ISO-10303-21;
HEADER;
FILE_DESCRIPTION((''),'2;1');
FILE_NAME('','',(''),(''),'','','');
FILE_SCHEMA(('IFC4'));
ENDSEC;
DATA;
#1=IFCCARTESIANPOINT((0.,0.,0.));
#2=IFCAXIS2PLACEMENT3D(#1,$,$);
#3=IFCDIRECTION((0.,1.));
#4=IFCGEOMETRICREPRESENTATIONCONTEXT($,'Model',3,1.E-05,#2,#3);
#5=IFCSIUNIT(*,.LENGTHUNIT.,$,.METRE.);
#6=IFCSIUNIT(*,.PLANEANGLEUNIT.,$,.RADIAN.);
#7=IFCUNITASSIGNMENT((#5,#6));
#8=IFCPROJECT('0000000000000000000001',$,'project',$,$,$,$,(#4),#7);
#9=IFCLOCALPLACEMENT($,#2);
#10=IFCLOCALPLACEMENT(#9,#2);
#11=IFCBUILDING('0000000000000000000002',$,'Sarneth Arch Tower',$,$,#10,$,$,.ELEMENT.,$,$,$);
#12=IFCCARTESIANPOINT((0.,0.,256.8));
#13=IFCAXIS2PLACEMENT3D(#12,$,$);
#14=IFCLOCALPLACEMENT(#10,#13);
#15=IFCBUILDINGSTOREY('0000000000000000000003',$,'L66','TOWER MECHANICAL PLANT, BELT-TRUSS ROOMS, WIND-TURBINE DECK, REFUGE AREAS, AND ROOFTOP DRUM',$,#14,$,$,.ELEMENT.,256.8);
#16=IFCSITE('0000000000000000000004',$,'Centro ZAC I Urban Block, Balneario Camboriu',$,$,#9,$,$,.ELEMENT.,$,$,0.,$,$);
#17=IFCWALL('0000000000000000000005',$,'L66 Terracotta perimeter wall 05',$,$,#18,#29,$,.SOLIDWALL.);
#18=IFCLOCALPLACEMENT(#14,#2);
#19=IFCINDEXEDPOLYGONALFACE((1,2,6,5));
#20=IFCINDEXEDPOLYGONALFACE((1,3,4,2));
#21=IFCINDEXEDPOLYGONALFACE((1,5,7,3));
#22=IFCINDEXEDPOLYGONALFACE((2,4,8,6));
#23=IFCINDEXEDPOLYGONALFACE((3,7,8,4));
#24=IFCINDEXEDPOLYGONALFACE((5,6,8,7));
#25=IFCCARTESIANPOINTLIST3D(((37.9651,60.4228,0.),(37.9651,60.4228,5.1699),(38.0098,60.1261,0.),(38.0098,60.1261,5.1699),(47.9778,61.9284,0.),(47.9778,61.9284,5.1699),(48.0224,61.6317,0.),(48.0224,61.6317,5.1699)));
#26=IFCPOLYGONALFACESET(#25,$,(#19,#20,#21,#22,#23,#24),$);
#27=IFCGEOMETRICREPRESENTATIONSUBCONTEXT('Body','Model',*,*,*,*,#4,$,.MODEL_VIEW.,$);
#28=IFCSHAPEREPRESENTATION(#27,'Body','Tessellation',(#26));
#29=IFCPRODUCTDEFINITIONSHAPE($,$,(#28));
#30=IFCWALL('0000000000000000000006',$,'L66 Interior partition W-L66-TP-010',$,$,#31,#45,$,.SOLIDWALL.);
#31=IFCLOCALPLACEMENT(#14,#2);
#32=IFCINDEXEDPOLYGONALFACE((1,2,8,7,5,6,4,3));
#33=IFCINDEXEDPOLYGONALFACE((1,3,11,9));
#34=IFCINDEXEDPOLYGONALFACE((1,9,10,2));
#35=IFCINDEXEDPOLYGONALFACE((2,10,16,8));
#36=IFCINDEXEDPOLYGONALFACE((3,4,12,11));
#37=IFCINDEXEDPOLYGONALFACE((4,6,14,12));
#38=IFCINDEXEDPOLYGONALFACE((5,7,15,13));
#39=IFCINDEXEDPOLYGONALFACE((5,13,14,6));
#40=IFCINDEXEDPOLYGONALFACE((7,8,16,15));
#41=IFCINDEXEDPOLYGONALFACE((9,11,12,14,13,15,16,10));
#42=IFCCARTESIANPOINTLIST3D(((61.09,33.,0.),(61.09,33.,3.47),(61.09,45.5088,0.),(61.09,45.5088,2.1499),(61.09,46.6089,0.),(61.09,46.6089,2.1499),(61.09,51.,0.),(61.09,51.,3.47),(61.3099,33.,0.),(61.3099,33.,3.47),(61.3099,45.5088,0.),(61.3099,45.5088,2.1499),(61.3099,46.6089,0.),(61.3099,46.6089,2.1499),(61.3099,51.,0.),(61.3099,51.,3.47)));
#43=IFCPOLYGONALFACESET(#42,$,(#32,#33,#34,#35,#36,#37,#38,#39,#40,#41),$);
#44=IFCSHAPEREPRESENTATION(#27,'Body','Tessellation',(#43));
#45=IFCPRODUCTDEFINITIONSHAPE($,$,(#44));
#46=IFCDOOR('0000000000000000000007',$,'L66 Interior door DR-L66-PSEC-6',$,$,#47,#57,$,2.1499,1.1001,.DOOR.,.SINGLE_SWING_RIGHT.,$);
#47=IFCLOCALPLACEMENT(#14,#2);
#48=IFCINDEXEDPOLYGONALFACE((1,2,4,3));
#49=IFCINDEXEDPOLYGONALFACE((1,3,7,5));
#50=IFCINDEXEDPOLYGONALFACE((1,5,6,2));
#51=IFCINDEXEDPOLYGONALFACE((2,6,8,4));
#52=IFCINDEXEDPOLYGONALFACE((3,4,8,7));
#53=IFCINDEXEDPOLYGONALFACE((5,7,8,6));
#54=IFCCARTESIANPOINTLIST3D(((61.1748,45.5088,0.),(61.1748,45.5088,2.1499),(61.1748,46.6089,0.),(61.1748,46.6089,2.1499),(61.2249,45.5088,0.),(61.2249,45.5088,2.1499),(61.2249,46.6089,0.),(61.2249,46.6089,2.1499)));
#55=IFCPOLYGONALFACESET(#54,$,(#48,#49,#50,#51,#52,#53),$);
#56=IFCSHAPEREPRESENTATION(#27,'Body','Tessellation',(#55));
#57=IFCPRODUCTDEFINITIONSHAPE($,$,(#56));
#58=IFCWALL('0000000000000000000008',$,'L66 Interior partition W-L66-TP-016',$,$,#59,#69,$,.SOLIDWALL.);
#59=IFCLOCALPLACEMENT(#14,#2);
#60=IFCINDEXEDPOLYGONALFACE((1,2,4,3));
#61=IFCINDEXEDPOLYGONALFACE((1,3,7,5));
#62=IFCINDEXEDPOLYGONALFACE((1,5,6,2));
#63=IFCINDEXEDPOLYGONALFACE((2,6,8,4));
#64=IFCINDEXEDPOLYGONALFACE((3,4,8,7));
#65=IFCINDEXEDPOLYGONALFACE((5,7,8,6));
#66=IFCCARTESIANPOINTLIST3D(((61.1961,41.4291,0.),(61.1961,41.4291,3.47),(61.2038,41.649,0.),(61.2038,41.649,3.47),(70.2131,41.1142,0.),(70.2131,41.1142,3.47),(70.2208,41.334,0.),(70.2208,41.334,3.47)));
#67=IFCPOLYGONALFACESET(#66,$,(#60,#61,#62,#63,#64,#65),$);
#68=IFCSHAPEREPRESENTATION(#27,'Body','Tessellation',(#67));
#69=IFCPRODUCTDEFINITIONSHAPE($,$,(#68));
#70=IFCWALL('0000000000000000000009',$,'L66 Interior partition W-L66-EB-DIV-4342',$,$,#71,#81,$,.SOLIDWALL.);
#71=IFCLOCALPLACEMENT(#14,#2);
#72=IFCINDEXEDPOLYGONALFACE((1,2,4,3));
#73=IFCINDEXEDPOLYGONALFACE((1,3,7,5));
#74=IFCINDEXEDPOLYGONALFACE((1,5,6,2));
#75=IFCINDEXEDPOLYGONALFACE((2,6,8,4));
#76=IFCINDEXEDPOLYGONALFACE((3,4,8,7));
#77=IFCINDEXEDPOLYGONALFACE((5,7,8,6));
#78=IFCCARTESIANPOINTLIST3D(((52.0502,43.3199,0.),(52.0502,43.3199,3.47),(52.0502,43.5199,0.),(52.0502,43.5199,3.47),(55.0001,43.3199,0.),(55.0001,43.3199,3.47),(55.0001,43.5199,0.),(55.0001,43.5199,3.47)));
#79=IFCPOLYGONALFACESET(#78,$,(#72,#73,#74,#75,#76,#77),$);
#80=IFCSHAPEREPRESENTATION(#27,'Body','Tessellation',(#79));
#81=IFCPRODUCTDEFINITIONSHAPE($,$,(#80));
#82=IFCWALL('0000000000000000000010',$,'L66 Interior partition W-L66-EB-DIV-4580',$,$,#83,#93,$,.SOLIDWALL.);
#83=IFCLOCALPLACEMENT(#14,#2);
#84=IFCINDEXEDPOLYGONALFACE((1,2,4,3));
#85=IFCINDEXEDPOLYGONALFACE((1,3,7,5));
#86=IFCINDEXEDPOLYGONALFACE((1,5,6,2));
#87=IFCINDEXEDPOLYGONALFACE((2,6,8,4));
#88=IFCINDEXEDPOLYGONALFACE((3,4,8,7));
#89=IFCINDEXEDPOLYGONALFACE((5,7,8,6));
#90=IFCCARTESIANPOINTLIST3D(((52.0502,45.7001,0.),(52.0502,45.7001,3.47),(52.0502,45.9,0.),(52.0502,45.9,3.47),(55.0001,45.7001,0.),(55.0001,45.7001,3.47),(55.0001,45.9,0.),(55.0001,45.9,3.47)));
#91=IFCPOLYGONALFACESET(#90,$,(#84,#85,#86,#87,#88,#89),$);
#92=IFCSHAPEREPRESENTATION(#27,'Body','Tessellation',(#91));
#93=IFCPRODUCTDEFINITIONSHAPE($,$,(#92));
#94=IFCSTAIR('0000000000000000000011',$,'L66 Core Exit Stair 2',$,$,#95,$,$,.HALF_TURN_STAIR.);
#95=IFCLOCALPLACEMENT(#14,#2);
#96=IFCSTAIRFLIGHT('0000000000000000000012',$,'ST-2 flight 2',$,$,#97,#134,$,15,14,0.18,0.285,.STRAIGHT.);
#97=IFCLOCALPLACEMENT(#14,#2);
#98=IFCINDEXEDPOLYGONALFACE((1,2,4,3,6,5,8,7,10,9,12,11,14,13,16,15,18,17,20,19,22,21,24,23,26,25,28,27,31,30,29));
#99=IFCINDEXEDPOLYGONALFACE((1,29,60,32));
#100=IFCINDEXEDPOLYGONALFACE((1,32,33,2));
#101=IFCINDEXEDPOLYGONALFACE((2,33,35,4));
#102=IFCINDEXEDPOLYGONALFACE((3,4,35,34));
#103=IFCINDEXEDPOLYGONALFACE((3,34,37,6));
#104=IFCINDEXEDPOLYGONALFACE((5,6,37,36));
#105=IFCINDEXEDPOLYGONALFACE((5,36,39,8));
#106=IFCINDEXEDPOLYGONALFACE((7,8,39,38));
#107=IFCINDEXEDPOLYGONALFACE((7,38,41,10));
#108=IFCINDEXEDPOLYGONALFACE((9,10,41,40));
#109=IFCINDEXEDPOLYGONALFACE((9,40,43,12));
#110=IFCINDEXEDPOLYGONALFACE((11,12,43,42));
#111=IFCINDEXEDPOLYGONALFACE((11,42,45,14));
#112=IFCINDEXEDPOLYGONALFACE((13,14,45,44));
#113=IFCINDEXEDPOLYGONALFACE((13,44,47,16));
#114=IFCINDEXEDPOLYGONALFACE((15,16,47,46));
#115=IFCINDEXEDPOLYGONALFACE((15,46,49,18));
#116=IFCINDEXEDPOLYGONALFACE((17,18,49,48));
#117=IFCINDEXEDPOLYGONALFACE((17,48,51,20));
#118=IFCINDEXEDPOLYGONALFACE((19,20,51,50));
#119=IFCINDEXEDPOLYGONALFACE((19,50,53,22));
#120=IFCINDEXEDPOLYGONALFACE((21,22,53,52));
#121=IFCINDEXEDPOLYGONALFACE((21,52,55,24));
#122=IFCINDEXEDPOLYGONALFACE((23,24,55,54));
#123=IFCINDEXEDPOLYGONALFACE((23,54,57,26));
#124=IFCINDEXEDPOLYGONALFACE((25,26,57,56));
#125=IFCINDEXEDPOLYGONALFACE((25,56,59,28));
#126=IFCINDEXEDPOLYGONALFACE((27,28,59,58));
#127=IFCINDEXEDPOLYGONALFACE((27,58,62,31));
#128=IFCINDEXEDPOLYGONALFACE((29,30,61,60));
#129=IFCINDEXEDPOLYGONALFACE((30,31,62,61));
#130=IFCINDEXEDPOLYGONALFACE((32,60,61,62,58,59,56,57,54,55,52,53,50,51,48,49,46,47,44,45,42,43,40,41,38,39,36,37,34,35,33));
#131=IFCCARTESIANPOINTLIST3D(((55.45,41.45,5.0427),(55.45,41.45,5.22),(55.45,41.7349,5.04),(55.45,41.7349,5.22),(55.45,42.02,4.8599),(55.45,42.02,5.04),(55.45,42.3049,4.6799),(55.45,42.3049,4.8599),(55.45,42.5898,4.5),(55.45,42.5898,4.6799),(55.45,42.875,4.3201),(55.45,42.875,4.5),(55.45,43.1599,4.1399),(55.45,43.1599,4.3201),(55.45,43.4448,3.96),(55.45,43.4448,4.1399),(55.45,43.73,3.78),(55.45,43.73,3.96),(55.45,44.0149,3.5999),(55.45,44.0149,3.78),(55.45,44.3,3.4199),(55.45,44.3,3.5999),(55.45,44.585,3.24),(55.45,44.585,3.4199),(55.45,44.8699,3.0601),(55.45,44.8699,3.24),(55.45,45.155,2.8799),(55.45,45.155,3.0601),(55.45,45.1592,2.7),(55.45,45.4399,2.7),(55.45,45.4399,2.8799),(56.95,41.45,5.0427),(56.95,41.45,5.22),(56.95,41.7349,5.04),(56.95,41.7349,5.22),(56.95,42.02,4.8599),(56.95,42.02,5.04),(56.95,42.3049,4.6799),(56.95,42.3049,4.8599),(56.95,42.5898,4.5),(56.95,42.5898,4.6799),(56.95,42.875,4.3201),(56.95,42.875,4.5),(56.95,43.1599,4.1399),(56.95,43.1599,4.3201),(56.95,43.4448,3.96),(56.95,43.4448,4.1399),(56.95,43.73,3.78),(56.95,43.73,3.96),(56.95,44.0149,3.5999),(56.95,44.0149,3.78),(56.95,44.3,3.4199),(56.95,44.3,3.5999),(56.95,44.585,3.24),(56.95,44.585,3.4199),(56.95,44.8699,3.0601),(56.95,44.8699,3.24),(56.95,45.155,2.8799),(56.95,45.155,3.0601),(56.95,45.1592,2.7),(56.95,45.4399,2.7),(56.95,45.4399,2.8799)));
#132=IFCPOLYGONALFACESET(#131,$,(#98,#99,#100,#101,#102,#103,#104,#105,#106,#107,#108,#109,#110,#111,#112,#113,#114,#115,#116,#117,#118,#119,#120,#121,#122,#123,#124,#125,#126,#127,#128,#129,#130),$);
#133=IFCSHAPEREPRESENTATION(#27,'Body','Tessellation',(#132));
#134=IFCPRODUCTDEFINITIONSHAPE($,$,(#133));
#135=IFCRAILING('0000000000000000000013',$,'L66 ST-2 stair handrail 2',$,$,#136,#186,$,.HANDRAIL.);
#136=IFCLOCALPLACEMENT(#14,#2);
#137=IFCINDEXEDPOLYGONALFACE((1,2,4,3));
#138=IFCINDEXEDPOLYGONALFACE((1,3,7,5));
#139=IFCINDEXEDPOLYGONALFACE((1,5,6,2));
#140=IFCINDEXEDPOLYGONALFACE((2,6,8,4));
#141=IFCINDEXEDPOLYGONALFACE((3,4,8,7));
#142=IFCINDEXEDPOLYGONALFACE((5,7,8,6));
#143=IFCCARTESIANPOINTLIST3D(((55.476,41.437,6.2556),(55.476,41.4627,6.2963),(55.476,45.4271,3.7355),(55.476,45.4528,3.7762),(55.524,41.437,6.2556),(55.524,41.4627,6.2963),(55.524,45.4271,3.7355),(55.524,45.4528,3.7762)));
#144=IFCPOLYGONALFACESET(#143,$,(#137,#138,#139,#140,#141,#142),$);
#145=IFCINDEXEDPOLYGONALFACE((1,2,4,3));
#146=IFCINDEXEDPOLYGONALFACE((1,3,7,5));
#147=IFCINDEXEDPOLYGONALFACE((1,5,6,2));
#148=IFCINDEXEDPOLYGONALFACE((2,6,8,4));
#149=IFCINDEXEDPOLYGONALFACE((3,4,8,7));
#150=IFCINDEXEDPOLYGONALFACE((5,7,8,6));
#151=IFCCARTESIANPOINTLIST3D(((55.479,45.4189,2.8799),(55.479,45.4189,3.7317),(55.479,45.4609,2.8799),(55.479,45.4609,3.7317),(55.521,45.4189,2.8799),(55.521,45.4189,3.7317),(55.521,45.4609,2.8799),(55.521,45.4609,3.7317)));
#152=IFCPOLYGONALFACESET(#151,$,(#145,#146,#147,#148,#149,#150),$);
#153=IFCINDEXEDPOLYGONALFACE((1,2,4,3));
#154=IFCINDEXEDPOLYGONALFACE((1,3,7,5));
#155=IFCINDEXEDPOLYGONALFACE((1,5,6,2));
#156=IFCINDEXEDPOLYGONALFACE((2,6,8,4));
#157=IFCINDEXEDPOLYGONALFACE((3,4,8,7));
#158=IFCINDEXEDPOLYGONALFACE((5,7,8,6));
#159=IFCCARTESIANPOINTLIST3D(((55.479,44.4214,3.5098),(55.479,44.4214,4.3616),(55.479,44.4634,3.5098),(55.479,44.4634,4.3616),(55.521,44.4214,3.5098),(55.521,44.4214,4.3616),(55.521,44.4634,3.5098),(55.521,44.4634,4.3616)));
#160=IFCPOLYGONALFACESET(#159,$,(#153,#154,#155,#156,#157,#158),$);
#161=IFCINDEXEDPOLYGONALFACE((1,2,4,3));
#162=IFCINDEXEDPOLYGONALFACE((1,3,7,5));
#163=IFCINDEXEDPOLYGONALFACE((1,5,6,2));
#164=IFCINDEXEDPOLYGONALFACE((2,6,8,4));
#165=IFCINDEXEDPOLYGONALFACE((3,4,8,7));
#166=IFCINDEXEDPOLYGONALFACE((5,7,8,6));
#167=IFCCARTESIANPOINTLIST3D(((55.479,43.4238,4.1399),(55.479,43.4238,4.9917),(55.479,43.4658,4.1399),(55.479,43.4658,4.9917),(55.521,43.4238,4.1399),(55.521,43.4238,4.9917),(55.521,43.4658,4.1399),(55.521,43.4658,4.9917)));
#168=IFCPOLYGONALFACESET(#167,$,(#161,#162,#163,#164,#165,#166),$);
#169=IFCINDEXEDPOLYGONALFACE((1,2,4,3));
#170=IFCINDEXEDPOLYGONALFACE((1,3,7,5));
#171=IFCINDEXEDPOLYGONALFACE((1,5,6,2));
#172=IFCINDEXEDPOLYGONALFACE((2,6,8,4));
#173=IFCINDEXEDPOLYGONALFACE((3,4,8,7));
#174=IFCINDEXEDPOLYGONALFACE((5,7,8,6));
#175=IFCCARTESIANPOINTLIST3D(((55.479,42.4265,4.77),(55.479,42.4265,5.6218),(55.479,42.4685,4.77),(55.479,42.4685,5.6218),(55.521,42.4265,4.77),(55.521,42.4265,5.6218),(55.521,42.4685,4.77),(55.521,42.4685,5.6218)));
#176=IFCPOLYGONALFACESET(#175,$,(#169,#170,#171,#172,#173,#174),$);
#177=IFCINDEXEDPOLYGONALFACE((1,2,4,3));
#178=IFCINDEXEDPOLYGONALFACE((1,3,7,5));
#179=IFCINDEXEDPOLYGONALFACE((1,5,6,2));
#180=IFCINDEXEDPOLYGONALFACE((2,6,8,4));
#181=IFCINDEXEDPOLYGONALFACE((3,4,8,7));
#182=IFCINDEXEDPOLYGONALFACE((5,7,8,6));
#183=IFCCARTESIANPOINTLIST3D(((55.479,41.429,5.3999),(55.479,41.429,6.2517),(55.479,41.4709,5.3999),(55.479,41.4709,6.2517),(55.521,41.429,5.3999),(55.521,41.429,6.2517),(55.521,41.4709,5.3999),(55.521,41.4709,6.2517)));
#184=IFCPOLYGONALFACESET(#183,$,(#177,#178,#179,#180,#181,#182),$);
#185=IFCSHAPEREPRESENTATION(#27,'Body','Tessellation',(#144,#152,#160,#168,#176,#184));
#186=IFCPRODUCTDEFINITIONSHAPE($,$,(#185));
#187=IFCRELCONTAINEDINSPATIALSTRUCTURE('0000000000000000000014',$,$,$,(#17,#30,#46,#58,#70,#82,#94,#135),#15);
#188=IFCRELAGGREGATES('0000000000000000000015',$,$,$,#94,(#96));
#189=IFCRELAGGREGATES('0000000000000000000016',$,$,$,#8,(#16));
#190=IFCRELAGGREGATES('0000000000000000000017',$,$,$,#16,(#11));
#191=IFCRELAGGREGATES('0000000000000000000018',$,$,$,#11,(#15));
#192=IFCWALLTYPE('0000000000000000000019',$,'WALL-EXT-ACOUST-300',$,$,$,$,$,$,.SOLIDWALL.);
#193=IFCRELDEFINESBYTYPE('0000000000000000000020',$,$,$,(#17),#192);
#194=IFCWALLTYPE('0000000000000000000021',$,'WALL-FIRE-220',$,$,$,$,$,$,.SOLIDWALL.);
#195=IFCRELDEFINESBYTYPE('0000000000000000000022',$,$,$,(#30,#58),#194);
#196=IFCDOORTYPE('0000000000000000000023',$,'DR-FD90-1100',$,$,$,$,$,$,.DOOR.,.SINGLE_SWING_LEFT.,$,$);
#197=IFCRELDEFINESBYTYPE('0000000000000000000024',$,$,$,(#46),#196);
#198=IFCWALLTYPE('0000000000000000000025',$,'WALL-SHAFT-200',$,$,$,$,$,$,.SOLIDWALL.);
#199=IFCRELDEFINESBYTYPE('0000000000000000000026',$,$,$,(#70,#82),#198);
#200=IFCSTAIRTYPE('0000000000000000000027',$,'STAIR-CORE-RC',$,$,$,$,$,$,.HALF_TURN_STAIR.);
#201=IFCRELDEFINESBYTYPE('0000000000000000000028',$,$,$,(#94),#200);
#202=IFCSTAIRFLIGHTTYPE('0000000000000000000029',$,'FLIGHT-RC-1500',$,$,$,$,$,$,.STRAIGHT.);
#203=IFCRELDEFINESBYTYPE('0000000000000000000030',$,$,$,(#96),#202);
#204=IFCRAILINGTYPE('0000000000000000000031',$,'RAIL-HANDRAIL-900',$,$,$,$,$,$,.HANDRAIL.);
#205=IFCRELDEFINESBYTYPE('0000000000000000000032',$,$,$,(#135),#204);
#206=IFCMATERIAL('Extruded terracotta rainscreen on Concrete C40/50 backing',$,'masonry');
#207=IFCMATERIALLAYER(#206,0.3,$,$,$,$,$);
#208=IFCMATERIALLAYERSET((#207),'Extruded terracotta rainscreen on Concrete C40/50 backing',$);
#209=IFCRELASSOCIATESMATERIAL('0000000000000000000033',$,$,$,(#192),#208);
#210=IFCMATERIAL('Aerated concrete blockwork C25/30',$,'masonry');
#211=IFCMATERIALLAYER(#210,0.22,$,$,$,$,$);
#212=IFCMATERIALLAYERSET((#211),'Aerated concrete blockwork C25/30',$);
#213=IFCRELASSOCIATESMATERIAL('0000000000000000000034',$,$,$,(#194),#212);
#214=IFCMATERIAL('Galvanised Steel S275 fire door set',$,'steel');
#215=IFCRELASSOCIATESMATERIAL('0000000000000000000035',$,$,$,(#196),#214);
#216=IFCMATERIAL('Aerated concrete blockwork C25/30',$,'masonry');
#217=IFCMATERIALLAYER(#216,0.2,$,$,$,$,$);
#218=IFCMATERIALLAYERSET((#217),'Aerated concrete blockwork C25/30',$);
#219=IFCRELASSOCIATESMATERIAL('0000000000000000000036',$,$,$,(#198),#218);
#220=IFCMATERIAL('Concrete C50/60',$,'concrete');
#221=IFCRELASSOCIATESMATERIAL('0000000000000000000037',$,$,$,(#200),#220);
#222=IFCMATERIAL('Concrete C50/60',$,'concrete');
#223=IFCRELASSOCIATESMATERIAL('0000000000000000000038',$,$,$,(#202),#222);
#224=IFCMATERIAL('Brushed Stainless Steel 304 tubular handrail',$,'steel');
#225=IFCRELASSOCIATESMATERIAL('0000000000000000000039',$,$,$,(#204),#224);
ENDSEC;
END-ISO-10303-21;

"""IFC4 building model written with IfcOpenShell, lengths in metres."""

from ifc_helpers import new_model, si_unit, direction, frame, frame_2d, origin, origin_2d, place, context, subcontext, project, spatial, polyline, rectangle, outline, extrude, material, layer, layer_set, type_object, element, fill, aggregate, save


model = new_model("IFC4")

# Units and contexts
model_context = context("Model", 3, precision=1e-05, world=origin(), true_north=direction((0.0, 1.0)))
body_context = subcontext(model_context, "Body", "Model", "MODEL_VIEW")
ifc_project = project(units=[si_unit("LENGTHUNIT", "METRE"), si_unit("PLANEANGLEUNIT", "RADIAN")], contexts=[model_context])

# Site, building, storey
site_placement = place(None, origin())
site = spatial("IfcSite", under=ifc_project, at=site_placement, Name="Centro ZAC I Urban Block, Balneario Camboriu", CompositionType="ELEMENT", RefElevation=0.0)
building_placement = place(site_placement, origin())
building = spatial("IfcBuilding", under=site, at=building_placement, Name="Sarneth Arch Tower", CompositionType="ELEMENT")
storey_placement = place(building_placement, frame((0.0, 0.0, 256.8)))
storey = spatial("IfcBuildingStorey", under=building, at=storey_placement, Name="L66", Description="TOWER MECHANICAL PLANT, BELT-TRUSS ROOMS, WIND-TURBINE DECK, REFUGE AREAS, AND ROOFTOP DRUM", CompositionType="ELEMENT", Elevation=256.8)

# Wall
ifc_material_1 = material(Name="Extruded terracotta rainscreen on Concrete C40/50 backing", Category="masonry")
ifc_layer_1 = layer(ifc_material_1, 0.3)
ifc_layer_set_1 = layer_set([ifc_layer_1], Name="Extruded terracotta rainscreen on Concrete C40/50 backing")
wall_type_1 = type_object("IfcWallType", Name="WALL-EXT-ACOUST-300", PredefinedType="SOLIDWALL", material=ifc_layer_set_1)
for number, where, z_axis, x_axis, name in (
    (1, (48.0, 61.78, 0.0), (0.0, 0.0, 1.0), (-0.988883, -0.148699, 0.0), "L66 Terracotta perimeter wall 05"),
):
    element("IfcWall", number, at=place(storey_placement, frame(where, z_axis=z_axis, x_axis=x_axis)), inside=storey, type_object=wall_type_1, Name=name, PredefinedType="SOLIDWALL", context=body_context, shape_type="SweptSolid", body=[
        extrude(rectangle(XDim=10.1252, YDim=0.3, at=frame_2d((5.0625, 0.0))), origin(), (0.0, 0.0, 1.0), 5.1699),
    ])

# Wall, opening, door
ifc_material_2 = material(Name="Aerated concrete blockwork C25/30", Category="masonry")
ifc_layer_2 = layer(ifc_material_2, 0.22)
ifc_layer_set_2 = layer_set([ifc_layer_2], Name="Aerated concrete blockwork C25/30")
wall_type_2 = type_object("IfcWallType", Name="WALL-FIRE-220", PredefinedType="SOLIDWALL", material=ifc_layer_set_2)
wall_1_placement = place(storey_placement, frame((61.2, 51.0, 0.0), z_axis=(0.0, 0.0, 1.0), x_axis=(0.0, -1.0, 0.0)))
wall_1 = element("IfcWall", 2, at=wall_1_placement, inside=storey, type_object=wall_type_2, Name="L66 Interior partition W-L66-TP-010", PredefinedType="SOLIDWALL", context=body_context, shape_type="SweptSolid", body=[
    extrude(rectangle(XDim=18.0, YDim=0.22, at=frame_2d((9.0, 0.0))), origin(), (0.0, 0.0, 1.0), 3.47),
])
opening_placement = place(wall_1_placement, frame((4.3911, 0.0, 0.0)))
opening = element("IfcOpeningElement", 3, at=opening_placement, cuts=wall_1, PredefinedType="OPENING", context=body_context, shape_type="SweptSolid", body=[
    extrude(rectangle(XDim=1.1001, YDim=2.1499, at=frame_2d((0.55, 1.075))), frame((0.0, 0.1199, 0.0), z_axis=(0.0, -1.0, 0.0), x_axis=(1.0, 0.0, 0.0)), (0.0, 0.0, 1.0), 0.24),
])
ifc_material_3 = material(Name="Galvanised Steel S275 fire door set", Category="steel")
door_type = type_object("IfcDoorType", Name="DR-FD90-1100", OperationType="SINGLE_SWING_LEFT", PredefinedType="DOOR", material=ifc_material_3)
door_placement = place(opening_placement, origin())
door = element("IfcDoor", 4, at=door_placement, inside=storey, type_object=door_type, Name="L66 Interior door DR-L66-PSEC-6", OperationType="SINGLE_SWING_RIGHT", OverallHeight=2.1499, OverallWidth=1.1001, PredefinedType="DOOR", context=body_context, shape_type="SweptSolid", body=[
    extrude(rectangle(XDim=1.1001, YDim=2.1499, at=frame_2d((0.55, 1.075))), frame((0.0, 0.0249, 0.0), z_axis=(0.0, -1.0, 0.0), x_axis=(1.0, 0.0, 0.0)), (0.0, 0.0, 1.0), 0.05),
])
fill(opening, door)

# Walls
wall_2_placement = place(storey_placement, frame((61.2, 41.5391, 0.0), z_axis=(0.0, 0.0, 1.0), x_axis=(0.999391, -0.034907, 0.0)))
element("IfcWall", 5, at=wall_2_placement, inside=storey, type_object=wall_type_2, Name="L66 Interior partition W-L66-TP-016", PredefinedType="SOLIDWALL", context=body_context, shape_type="SweptSolid", body=[
    extrude(rectangle(XDim=9.0225, YDim=0.22, at=frame_2d((4.5112, 0.0))), origin(), (0.0, 0.0, 1.0), 3.47),
])
ifc_material_4 = material(Name="Aerated concrete blockwork C25/30", Category="masonry")
ifc_layer_3 = layer(ifc_material_4, 0.2)
ifc_layer_set_3 = layer_set([ifc_layer_3], Name="Aerated concrete blockwork C25/30")
wall_type_3 = type_object("IfcWallType", Name="WALL-SHAFT-200", PredefinedType="SOLIDWALL", material=ifc_layer_set_3)
for number, where, z_axis, x_axis, name in (
    (6, (52.05, 43.4199, 0.0), (0.0, 0.0, 1.0), (1.0, 0.0, 0.0), "L66 Interior partition W-L66-EB-DIV-4342"),
    (7, (52.05, 45.8, 0.0), (0.0, 0.0, 1.0), (1.0, 0.0, 0.0), "L66 Interior partition W-L66-EB-DIV-4580"),
):
    element("IfcWall", number, at=place(storey_placement, frame(where, z_axis=z_axis, x_axis=x_axis)), inside=storey, type_object=wall_type_3, Name=name, PredefinedType="SOLIDWALL", context=body_context, shape_type="SweptSolid", body=[
        extrude(rectangle(XDim=2.95, YDim=0.2, at=frame_2d((1.4751, 0.0))), origin(), (0.0, 0.0, 1.0), 3.47),
    ])

# Stair, stair flight
ifc_material_5 = material(Name="Concrete C50/60", Category="concrete")
stair_type = type_object("IfcStairType", Name="STAIR-CORE-RC", PredefinedType="HALF_TURN_STAIR", material=ifc_material_5)
stair_placement = place(storey_placement, origin())
stair = element("IfcStair", 8, at=stair_placement, inside=storey, type_object=stair_type, Name="L66 Core Exit Stair 2", PredefinedType="HALF_TURN_STAIR")
ifc_material_6 = material(Name="Concrete C50/60", Category="concrete")
stair_flight_type = type_object("IfcStairFlightType", Name="FLIGHT-RC-1500", PredefinedType="STRAIGHT", material=ifc_material_6)
stair_flight_placement = place(storey_placement, frame((56.2, 45.4399, 2.7), z_axis=(0.0, 0.0, 1.0), x_axis=(0.0, -1.0, 0.0)))
stair_flight = element("IfcStairFlight", 9, at=stair_flight_placement, type_object=stair_flight_type, Name="ST-2 flight 2", NumberOfRisers=15, NumberOfTreads=14, PredefinedType="STRAIGHT", RiserHeight=0.18, TreadLength=0.285, context=body_context, shape_type="SweptSolid", body=[
    extrude(outline(polyline([(0.0, 0.0), (0.0, 0.1799), (0.2849, 0.1799), (0.2849, 0.3601), (0.5701, 0.3601), (0.5701, 0.54), (0.855, 0.54), (0.855, 0.72), (1.1399, 0.72), (1.1399, 0.8999), (1.425, 0.8999), (1.425, 1.0801), (1.71, 1.0801), (1.71, 1.26), (1.9951, 1.26), (1.9951, 1.4399), (2.28, 1.4399), (2.28, 1.6201), (2.5649, 1.6201), (2.5649, 1.8), (2.8501, 1.8), (2.8501, 1.98), (3.135, 1.98), (3.135, 2.1599), (3.4199, 2.1599), (3.4199, 2.3401), (3.7051, 2.3401), (3.7051, 2.52), (3.99, 2.52), (3.99, 2.7), (3.99, 2.3428), (0.2808, 0.0), (0.0, 0.0)])), frame((0.0, 0.75, 0.0), z_axis=(0.0, -1.0, 0.0), x_axis=(1.0, 0.0, 0.0)), (0.0, 0.0, 1.0), 1.5),
])
aggregate(stair, [stair_flight])

# Railing
ifc_material_7 = material(Name="Brushed Stainless Steel 304 tubular handrail", Category="steel")
railing_type_1 = type_object("IfcRailingType", Name="RAIL-HANDRAIL-900", PredefinedType="HANDRAIL", material=ifc_material_7)
railing_1_placement = place(storey_placement, frame((55.5, 45.4399, 2.8799)))
element("IfcRailing", 10, at=railing_1_placement, inside=storey, type_object=railing_type_1, Name="L66 ST-2 stair handrail 2", PredefinedType="HANDRAIL", context=body_context, shape_type="SweptSolid", body=[
    extrude(rectangle(XDim=0.0481, YDim=0.0481, at=origin_2d()), frame((0.0, 0.0, 0.876), z_axis=(0.0, -0.845486, 0.533997), x_axis=(1.0, 0.0, 0.0)), (0.0, 0.0, 1.0), 4.7192),
    extrude(rectangle(XDim=0.042, YDim=0.042, at=origin_2d()), origin(), (0.0, 0.0, 1.0), 0.8518),
    extrude(rectangle(XDim=0.042, YDim=0.042, at=origin_2d()), frame((0.0, -0.9976, 0.6299)), (0.0, 0.0, 1.0), 0.8518),
    extrude(rectangle(XDim=0.042, YDim=0.042, at=origin_2d()), frame((0.0, -1.9951, 1.26)), (0.0, 0.0, 1.0), 0.8518),
    extrude(rectangle(XDim=0.042, YDim=0.042, at=origin_2d()), frame((0.0, -2.9924, 1.8901)), (0.0, 0.0, 1.0), 0.8518),
    extrude(rectangle(XDim=0.042, YDim=0.042, at=origin_2d()), frame((0.0, -3.99, 2.52)), (0.0, 0.0, 1.0), 0.8518),
])

save(model, "model.ifc")
